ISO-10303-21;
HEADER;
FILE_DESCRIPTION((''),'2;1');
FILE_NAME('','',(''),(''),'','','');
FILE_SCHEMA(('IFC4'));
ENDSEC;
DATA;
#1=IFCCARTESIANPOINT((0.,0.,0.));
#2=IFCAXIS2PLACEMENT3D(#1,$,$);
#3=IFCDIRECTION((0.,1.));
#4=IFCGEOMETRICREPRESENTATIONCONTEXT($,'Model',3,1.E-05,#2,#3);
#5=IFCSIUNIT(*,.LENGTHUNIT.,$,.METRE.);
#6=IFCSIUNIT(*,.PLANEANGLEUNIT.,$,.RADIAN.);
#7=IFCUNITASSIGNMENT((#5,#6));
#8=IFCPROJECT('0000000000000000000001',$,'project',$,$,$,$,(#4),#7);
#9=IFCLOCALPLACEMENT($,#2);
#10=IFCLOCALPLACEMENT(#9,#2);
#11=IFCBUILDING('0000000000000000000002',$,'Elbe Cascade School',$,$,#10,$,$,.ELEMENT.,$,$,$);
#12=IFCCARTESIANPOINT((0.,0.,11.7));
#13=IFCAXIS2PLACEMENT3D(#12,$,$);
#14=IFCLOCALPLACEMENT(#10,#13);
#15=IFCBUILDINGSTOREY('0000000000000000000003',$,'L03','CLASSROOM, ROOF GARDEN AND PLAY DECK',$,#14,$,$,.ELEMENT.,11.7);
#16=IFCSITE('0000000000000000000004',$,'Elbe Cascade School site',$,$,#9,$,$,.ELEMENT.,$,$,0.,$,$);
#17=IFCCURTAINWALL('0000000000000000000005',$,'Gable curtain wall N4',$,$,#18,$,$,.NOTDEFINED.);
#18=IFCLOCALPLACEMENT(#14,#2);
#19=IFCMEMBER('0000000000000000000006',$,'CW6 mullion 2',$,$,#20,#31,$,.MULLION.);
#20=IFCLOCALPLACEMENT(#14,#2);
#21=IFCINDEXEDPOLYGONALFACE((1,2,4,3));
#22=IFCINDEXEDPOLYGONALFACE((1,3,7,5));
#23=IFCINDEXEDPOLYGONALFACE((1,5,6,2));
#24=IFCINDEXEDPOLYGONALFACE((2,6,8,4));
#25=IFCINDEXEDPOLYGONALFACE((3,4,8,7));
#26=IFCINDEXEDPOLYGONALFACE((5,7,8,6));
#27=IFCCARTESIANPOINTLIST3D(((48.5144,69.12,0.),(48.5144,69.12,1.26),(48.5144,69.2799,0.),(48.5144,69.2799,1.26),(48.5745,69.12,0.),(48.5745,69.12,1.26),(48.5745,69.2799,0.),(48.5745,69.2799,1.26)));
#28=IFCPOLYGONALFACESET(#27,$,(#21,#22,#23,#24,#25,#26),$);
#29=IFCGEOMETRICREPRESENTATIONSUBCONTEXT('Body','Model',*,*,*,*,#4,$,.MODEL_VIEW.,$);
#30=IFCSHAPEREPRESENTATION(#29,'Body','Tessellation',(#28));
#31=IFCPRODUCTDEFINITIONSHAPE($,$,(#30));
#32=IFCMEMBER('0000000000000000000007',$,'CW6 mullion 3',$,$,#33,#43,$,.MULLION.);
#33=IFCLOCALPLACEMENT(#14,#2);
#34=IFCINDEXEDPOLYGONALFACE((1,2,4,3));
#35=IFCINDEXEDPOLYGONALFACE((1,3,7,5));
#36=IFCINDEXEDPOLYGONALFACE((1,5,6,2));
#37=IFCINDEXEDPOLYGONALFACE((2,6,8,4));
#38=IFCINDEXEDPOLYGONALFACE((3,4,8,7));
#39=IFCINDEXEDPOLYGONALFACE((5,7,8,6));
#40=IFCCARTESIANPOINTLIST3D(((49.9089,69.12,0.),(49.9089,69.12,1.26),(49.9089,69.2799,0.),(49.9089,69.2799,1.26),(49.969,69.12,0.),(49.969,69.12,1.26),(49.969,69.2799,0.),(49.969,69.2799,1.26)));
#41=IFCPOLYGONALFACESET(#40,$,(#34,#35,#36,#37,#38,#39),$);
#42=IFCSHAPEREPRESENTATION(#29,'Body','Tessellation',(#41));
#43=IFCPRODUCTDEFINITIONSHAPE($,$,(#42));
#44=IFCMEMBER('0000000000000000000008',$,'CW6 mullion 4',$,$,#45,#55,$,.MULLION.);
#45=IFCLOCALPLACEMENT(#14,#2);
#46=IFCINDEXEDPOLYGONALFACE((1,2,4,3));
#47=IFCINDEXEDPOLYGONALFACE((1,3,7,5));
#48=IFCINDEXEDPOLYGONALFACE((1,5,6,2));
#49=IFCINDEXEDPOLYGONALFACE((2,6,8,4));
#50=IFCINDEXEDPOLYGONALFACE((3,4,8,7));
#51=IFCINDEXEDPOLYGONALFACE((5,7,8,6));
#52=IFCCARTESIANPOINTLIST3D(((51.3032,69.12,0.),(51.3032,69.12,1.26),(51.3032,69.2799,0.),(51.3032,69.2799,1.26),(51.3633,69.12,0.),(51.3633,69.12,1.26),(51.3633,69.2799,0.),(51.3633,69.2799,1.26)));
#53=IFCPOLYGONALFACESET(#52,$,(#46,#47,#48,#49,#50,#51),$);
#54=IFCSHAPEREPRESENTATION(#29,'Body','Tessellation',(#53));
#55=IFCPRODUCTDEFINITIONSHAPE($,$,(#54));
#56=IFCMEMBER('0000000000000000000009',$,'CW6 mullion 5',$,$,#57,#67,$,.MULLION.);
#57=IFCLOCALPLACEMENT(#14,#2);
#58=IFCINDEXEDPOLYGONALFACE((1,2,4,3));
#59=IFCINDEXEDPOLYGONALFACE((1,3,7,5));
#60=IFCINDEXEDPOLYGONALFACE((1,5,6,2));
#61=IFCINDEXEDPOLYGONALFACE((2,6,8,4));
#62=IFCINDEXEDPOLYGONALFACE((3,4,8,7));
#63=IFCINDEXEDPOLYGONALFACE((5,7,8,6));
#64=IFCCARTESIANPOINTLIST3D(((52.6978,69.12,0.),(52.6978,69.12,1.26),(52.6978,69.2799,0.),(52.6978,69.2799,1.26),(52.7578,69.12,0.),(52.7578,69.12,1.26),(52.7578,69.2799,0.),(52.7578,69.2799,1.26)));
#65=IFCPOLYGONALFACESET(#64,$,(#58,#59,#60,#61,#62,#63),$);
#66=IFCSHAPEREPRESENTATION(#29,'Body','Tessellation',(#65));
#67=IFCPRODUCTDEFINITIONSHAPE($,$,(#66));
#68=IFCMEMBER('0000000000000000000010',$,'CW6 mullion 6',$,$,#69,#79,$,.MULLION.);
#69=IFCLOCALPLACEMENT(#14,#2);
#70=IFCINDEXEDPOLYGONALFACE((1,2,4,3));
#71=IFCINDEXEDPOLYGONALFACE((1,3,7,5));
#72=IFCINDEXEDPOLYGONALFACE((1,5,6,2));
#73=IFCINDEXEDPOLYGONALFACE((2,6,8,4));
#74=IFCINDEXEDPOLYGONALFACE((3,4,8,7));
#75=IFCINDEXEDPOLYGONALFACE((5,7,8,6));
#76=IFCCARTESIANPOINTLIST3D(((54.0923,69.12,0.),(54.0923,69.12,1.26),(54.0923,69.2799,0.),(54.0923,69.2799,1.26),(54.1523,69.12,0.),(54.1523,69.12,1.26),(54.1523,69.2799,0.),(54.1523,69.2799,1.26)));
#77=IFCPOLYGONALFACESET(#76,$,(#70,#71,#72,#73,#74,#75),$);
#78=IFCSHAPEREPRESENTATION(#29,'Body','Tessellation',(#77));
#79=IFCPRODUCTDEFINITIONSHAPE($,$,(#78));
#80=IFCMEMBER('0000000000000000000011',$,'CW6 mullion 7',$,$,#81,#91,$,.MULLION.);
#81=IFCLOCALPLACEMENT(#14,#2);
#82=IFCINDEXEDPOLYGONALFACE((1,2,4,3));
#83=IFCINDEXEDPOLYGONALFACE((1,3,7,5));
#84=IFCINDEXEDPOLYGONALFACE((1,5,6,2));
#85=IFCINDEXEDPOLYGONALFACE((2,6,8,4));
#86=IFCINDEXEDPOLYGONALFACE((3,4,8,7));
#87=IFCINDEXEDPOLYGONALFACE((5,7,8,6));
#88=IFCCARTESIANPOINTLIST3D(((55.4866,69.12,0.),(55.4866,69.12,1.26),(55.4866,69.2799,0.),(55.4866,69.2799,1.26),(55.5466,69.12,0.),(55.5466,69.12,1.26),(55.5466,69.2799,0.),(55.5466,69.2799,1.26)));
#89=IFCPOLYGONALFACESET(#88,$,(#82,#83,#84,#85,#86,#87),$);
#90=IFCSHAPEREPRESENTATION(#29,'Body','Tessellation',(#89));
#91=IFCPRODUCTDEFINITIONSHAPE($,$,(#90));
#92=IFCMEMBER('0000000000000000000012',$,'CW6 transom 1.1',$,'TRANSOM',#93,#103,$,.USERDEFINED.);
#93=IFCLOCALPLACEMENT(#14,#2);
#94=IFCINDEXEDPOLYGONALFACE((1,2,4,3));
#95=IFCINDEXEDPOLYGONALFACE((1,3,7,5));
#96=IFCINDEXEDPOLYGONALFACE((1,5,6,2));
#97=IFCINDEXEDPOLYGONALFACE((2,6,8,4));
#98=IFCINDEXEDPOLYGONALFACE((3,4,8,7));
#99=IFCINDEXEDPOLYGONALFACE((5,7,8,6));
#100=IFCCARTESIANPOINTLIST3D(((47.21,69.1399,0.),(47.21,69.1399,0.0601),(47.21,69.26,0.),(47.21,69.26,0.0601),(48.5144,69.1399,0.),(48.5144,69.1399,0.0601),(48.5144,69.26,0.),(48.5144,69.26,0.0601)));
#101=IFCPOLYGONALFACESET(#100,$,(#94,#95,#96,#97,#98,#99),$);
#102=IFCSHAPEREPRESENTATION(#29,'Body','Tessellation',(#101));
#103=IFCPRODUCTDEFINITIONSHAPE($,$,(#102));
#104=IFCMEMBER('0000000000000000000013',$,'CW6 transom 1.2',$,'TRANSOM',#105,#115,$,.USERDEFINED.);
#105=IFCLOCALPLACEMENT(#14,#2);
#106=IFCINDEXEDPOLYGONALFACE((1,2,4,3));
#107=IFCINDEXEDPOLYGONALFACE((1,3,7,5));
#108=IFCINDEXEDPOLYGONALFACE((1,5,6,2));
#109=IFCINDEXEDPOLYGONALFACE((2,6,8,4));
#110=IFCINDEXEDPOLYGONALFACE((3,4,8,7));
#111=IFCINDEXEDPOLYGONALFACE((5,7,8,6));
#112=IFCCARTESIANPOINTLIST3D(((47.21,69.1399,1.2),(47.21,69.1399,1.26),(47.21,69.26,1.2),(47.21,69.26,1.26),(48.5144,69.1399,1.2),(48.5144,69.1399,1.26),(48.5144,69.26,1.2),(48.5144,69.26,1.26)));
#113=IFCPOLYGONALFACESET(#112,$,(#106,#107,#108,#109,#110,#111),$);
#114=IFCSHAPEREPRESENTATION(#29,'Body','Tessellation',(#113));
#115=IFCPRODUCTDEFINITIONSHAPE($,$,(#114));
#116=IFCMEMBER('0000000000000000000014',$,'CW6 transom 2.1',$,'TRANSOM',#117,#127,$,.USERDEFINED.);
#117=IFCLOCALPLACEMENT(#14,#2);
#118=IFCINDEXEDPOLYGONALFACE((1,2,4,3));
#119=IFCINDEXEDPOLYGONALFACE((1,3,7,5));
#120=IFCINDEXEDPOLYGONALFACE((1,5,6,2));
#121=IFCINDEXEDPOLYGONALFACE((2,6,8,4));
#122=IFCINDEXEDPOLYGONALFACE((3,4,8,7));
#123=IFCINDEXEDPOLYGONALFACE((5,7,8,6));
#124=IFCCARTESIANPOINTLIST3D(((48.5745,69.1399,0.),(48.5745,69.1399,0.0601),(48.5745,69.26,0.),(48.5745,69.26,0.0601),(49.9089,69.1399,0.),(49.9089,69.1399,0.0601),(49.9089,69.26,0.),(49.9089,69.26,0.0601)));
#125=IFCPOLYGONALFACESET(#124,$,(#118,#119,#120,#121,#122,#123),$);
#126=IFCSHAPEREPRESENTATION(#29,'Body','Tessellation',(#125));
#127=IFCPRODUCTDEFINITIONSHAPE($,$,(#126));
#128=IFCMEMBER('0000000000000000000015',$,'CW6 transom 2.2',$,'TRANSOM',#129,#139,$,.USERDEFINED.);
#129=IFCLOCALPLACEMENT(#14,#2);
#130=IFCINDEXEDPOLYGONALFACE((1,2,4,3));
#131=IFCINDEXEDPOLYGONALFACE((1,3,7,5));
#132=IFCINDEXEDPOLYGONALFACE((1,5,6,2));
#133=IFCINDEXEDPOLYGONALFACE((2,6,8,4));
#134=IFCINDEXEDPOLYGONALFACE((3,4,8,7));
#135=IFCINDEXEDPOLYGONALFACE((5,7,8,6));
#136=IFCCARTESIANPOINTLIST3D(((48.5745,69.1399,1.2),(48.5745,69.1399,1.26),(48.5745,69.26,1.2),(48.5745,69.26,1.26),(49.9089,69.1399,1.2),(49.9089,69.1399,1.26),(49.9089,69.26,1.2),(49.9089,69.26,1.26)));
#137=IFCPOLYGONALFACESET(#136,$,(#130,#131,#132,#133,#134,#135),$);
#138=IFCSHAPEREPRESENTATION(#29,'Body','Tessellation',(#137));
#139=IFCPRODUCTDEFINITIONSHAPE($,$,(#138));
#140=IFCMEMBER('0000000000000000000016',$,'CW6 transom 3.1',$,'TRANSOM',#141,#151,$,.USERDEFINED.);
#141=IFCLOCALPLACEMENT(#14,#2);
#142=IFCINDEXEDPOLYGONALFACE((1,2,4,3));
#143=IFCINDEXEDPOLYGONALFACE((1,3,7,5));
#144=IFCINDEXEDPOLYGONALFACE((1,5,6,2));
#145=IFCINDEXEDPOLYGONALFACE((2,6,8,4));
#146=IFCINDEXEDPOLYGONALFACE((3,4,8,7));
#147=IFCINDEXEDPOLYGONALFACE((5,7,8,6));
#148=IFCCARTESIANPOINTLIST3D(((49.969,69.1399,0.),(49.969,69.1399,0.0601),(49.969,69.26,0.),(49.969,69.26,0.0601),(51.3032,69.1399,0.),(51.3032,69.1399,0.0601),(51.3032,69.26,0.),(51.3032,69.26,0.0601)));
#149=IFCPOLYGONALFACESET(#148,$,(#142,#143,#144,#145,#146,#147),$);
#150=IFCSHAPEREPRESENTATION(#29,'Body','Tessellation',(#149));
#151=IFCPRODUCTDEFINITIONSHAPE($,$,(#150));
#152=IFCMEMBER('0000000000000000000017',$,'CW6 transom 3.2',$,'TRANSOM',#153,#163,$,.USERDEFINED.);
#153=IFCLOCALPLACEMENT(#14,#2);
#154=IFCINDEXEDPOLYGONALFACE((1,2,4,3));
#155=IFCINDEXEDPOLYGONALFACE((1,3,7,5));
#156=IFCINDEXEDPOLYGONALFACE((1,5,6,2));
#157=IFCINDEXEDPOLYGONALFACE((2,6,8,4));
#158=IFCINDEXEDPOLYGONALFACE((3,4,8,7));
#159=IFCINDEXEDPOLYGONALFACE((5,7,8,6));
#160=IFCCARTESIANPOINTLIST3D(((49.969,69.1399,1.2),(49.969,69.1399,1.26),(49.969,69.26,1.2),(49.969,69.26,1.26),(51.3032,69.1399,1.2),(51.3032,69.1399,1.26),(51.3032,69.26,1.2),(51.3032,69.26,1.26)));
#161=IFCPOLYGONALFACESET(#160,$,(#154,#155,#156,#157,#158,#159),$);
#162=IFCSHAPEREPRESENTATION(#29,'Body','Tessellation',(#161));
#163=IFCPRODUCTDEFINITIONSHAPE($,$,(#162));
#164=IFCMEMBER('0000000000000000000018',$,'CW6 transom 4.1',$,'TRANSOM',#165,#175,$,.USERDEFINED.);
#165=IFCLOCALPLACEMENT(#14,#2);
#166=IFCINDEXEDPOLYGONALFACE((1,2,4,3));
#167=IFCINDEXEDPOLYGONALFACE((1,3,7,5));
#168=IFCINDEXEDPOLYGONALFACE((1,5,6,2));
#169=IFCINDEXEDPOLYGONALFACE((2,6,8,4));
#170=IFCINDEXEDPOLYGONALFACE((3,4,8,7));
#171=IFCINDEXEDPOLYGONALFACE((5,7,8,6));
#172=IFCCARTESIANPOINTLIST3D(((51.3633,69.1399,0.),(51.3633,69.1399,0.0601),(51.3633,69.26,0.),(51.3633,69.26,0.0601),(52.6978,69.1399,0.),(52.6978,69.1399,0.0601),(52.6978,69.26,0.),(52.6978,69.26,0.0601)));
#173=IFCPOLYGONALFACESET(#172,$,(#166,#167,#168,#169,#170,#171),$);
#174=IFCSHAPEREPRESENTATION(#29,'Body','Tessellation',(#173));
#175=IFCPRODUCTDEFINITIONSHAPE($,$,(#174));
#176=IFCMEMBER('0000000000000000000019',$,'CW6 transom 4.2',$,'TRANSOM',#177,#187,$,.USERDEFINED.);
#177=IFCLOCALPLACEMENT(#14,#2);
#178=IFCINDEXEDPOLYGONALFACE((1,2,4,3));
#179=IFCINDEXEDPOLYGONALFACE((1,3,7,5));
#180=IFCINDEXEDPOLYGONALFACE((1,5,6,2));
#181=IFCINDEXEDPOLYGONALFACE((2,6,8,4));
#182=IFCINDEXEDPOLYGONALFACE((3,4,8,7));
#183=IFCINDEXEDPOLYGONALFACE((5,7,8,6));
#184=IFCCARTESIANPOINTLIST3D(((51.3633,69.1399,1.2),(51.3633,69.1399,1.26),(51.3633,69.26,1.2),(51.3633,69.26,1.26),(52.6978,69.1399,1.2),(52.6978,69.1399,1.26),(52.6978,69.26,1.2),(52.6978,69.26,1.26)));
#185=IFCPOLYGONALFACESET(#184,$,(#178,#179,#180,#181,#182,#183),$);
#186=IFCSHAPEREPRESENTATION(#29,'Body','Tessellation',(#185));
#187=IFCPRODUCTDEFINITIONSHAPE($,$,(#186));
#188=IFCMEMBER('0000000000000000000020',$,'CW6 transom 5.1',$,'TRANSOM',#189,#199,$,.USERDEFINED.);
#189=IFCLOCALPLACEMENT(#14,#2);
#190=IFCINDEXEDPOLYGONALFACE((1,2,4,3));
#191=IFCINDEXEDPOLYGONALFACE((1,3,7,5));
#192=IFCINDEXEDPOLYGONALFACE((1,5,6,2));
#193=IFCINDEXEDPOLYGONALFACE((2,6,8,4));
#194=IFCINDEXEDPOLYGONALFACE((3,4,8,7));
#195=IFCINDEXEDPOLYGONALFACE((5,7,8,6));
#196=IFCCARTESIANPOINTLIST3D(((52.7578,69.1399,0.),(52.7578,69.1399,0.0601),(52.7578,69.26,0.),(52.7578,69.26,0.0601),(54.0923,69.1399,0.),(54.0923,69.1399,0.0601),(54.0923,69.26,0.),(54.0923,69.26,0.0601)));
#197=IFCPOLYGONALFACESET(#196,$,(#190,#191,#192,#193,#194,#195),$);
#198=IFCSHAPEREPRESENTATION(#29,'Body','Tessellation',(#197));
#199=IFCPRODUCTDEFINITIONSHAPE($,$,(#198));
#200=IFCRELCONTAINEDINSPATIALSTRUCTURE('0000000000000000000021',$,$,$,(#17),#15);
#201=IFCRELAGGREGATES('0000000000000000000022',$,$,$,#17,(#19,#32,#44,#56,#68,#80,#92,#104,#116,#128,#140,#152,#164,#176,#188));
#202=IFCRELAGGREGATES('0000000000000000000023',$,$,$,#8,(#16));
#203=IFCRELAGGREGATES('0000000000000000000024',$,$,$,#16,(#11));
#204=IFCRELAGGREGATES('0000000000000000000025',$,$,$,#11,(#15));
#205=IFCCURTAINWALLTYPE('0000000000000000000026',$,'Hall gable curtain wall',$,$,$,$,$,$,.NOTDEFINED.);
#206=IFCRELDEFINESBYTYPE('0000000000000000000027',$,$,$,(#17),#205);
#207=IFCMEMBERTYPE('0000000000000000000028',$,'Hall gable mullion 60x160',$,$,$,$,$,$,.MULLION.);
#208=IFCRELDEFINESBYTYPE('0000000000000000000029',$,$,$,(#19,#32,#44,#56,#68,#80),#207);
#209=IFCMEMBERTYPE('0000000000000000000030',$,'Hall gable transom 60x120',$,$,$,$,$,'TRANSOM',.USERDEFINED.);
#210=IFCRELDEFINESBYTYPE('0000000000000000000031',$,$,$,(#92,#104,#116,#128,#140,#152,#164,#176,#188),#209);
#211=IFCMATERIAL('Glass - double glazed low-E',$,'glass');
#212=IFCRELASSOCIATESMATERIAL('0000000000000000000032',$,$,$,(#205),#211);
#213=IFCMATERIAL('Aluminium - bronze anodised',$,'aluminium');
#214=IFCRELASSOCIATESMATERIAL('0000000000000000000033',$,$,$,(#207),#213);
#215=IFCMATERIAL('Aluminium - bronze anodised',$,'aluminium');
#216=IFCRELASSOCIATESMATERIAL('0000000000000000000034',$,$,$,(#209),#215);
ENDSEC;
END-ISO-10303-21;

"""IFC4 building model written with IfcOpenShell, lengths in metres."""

from ifc_helpers import new_model, si_unit, direction, frame, origin, origin_2d, place, context, subcontext, project, spatial, rectangle, extrude, material, material_profile, profile_set, type_object, element, aggregate, save


model = new_model("IFC4")

# Units and contexts
model_context = context("Model", 3, precision=1e-05, world=origin(), true_north=direction((0.0, 1.0)))
body_context = subcontext(model_context, "Body", "Model", "MODEL_VIEW")
ifc_project = project(units=[si_unit("LENGTHUNIT", "METRE"), si_unit("PLANEANGLEUNIT", "RADIAN")], contexts=[model_context])

# Site, building, storey
site_placement = place(None, origin())
site = spatial("IfcSite", under=ifc_project, at=site_placement, Name="Elbe Cascade School site", CompositionType="ELEMENT", RefElevation=0.0)
building_placement = place(site_placement, origin())
building = spatial("IfcBuilding", under=site, at=building_placement, Name="Elbe Cascade School", CompositionType="ELEMENT")
storey_placement = place(building_placement, frame((0.0, 0.0, 11.7)))
storey = spatial("IfcBuildingStorey", under=building, at=storey_placement, Name="L03", Description="CLASSROOM, ROOF GARDEN AND PLAY DECK", CompositionType="ELEMENT", Elevation=11.7)

# Curtain wall, members
ifc_material_1 = material(Name="Glass - double glazed low-E", Category="glass")
curtain_wall_type = type_object("IfcCurtainWallType", Name="Hall gable curtain wall", PredefinedType="NOTDEFINED", material=ifc_material_1)
curtain_wall_placement = place(storey_placement, origin())
curtain_wall = element("IfcCurtainWall", 1, at=curtain_wall_placement, inside=storey, type_object=curtain_wall_type, Name="Gable curtain wall N4", PredefinedType="NOTDEFINED")
ifc_material_2 = material(Name="Aluminium - bronze anodised", Category="aluminium")
ifc_material_profile_1 = material_profile(ifc_material_2, rectangle(XDim=0.1599, YDim=0.0601, at=origin_2d()), Name="Alu 60x160")
ifc_profile_set_1 = profile_set([ifc_material_profile_1], Name="Aluminium - bronze anodised")
member_type_1 = type_object("IfcMemberType", Name="Hall gable mullion 60x160", PredefinedType="MULLION", material=ifc_profile_set_1)
member_1_placement = place(storey_placement, frame((48.5444, 69.2, 0.0), z_axis=(0.0, 0.0, 1.0), x_axis=(0.0, 1.0, 0.0)))
member_1 = element("IfcMember", 2, at=member_1_placement, type_object=member_type_1, Name="CW6 mullion 2", PredefinedType="MULLION", context=body_context, shape_type="SweptSolid", body=[
    extrude(rectangle(XDim=0.1599, YDim=0.0601, at=origin_2d()), origin(), (0.0, 0.0, 1.0), 1.26),
])
member_2_placement = place(storey_placement, frame((49.939, 69.2, 0.0), z_axis=(0.0, 0.0, 1.0), x_axis=(0.0, 1.0, 0.0)))
member_2 = element("IfcMember", 3, at=member_2_placement, type_object=member_type_1, Name="CW6 mullion 3", PredefinedType="MULLION", context=body_context, shape_type="SweptSolid", body=[
    extrude(rectangle(XDim=0.1599, YDim=0.0601, at=origin_2d()), origin(), (0.0, 0.0, 1.0), 1.26),
])
member_3_placement = place(storey_placement, frame((51.3333, 69.2, 0.0), z_axis=(0.0, 0.0, 1.0), x_axis=(0.0, 1.0, 0.0)))
member_3 = element("IfcMember", 4, at=member_3_placement, type_object=member_type_1, Name="CW6 mullion 4", PredefinedType="MULLION", context=body_context, shape_type="SweptSolid", body=[
    extrude(rectangle(XDim=0.1599, YDim=0.0601, at=origin_2d()), origin(), (0.0, 0.0, 1.0), 1.26),
])
member_4_placement = place(storey_placement, frame((52.7278, 69.2, 0.0), z_axis=(0.0, 0.0, 1.0), x_axis=(0.0, 1.0, 0.0)))
member_4 = element("IfcMember", 5, at=member_4_placement, type_object=member_type_1, Name="CW6 mullion 5", PredefinedType="MULLION", context=body_context, shape_type="SweptSolid", body=[
    extrude(rectangle(XDim=0.1599, YDim=0.0601, at=origin_2d()), origin(), (0.0, 0.0, 1.0), 1.26),
])
member_5_placement = place(storey_placement, frame((54.1223, 69.2, 0.0), z_axis=(0.0, 0.0, 1.0), x_axis=(0.0, 1.0, 0.0)))
member_5 = element("IfcMember", 6, at=member_5_placement, type_object=member_type_1, Name="CW6 mullion 6", PredefinedType="MULLION", context=body_context, shape_type="SweptSolid", body=[
    extrude(rectangle(XDim=0.1599, YDim=0.0601, at=origin_2d()), origin(), (0.0, 0.0, 1.0), 1.26),
])
member_6_placement = place(storey_placement, frame((55.5166, 69.2, 0.0), z_axis=(0.0, 0.0, 1.0), x_axis=(0.0, 1.0, 0.0)))
member_6 = element("IfcMember", 7, at=member_6_placement, type_object=member_type_1, Name="CW6 mullion 7", PredefinedType="MULLION", context=body_context, shape_type="SweptSolid", body=[
    extrude(rectangle(XDim=0.1599, YDim=0.0601, at=origin_2d()), origin(), (0.0, 0.0, 1.0), 1.26),
])
ifc_material_3 = material(Name="Aluminium - bronze anodised", Category="aluminium")
ifc_material_profile_2 = material_profile(ifc_material_3, rectangle(XDim=0.1201, YDim=0.0601, at=origin_2d()), Name="Alu 60x120")
ifc_profile_set_2 = profile_set([ifc_material_profile_2], Name="Aluminium - bronze anodised")
member_type_2 = type_object("IfcMemberType", Name="Hall gable transom 60x120", ElementType="TRANSOM", PredefinedType="USERDEFINED", material=ifc_profile_set_2)
member_7_placement = place(storey_placement, frame((47.21, 69.2, 0.03), z_axis=(1.0, 0.0, 0.0), x_axis=(0.0, 1.0, 0.0)))
member_7 = element("IfcMember", 8, at=member_7_placement, type_object=member_type_2, Name="CW6 transom 1.1", ObjectType="TRANSOM", PredefinedType="USERDEFINED", context=body_context, shape_type="SweptSolid", body=[
    extrude(rectangle(XDim=0.1201, YDim=0.0601, at=origin_2d()), origin(), (0.0, 0.0, 1.0), 1.3044),
])
member_8_placement = place(storey_placement, frame((47.21, 69.2, 1.23), z_axis=(1.0, 0.0, 0.0), x_axis=(0.0, 1.0, 0.0)))
member_8 = element("IfcMember", 9, at=member_8_placement, type_object=member_type_2, Name="CW6 transom 1.2", ObjectType="TRANSOM", PredefinedType="USERDEFINED", context=body_context, shape_type="SweptSolid", body=[
    extrude(rectangle(XDim=0.1201, YDim=0.0601, at=origin_2d()), origin(), (0.0, 0.0, 1.0), 1.3044),
])
member_9_placement = place(storey_placement, frame((48.5745, 69.2, 0.03), z_axis=(1.0, 0.0, 0.0), x_axis=(0.0, 1.0, 0.0)))
member_9 = element("IfcMember", 10, at=member_9_placement, type_object=member_type_2, Name="CW6 transom 2.1", ObjectType="TRANSOM", PredefinedType="USERDEFINED", context=body_context, shape_type="SweptSolid", body=[
    extrude(rectangle(XDim=0.1201, YDim=0.0601, at=origin_2d()), origin(), (0.0, 0.0, 1.0), 1.3345),
])
member_10_placement = place(storey_placement, frame((48.5745, 69.2, 1.23), z_axis=(1.0, 0.0, 0.0), x_axis=(0.0, 1.0, 0.0)))
member_10 = element("IfcMember", 11, at=member_10_placement, type_object=member_type_2, Name="CW6 transom 2.2", ObjectType="TRANSOM", PredefinedType="USERDEFINED", context=body_context, shape_type="SweptSolid", body=[
    extrude(rectangle(XDim=0.1201, YDim=0.0601, at=origin_2d()), origin(), (0.0, 0.0, 1.0), 1.3345),
])
member_11_placement = place(storey_placement, frame((49.969, 69.2, 0.03), z_axis=(1.0, 0.0, 0.0), x_axis=(0.0, 1.0, 0.0)))
member_11 = element("IfcMember", 12, at=member_11_placement, type_object=member_type_2, Name="CW6 transom 3.1", ObjectType="TRANSOM", PredefinedType="USERDEFINED", context=body_context, shape_type="SweptSolid", body=[
    extrude(rectangle(XDim=0.1201, YDim=0.0601, at=origin_2d()), origin(), (0.0, 0.0, 1.0), 1.3342),
])
member_12_placement = place(storey_placement, frame((49.969, 69.2, 1.23), z_axis=(1.0, 0.0, 0.0), x_axis=(0.0, 1.0, 0.0)))
member_12 = element("IfcMember", 13, at=member_12_placement, type_object=member_type_2, Name="CW6 transom 3.2", ObjectType="TRANSOM", PredefinedType="USERDEFINED", context=body_context, shape_type="SweptSolid", body=[
    extrude(rectangle(XDim=0.1201, YDim=0.0601, at=origin_2d()), origin(), (0.0, 0.0, 1.0), 1.3342),
])
member_13_placement = place(storey_placement, frame((51.3633, 69.2, 0.03), z_axis=(1.0, 0.0, 0.0), x_axis=(0.0, 1.0, 0.0)))
member_13 = element("IfcMember", 14, at=member_13_placement, type_object=member_type_2, Name="CW6 transom 4.1", ObjectType="TRANSOM", PredefinedType="USERDEFINED", context=body_context, shape_type="SweptSolid", body=[
    extrude(rectangle(XDim=0.1201, YDim=0.0601, at=origin_2d()), origin(), (0.0, 0.0, 1.0), 1.3345),
])
member_14_placement = place(storey_placement, frame((51.3633, 69.2, 1.23), z_axis=(1.0, 0.0, 0.0), x_axis=(0.0, 1.0, 0.0)))
member_14 = element("IfcMember", 15, at=member_14_placement, type_object=member_type_2, Name="CW6 transom 4.2", ObjectType="TRANSOM", PredefinedType="USERDEFINED", context=body_context, shape_type="SweptSolid", body=[
    extrude(rectangle(XDim=0.1201, YDim=0.0601, at=origin_2d()), origin(), (0.0, 0.0, 1.0), 1.3345),
])
member_15_placement = place(storey_placement, frame((52.7578, 69.2, 0.03), z_axis=(1.0, 0.0, 0.0), x_axis=(0.0, 1.0, 0.0)))
member_15 = element("IfcMember", 16, at=member_15_placement, type_object=member_type_2, Name="CW6 transom 5.1", ObjectType="TRANSOM", PredefinedType="USERDEFINED", context=body_context, shape_type="SweptSolid", body=[
    extrude(rectangle(XDim=0.1201, YDim=0.0601, at=origin_2d()), origin(), (0.0, 0.0, 1.0), 1.3345),
])
aggregate(curtain_wall, [member_1, member_2, member_3, member_4, member_5, member_6, member_7, member_8, member_9, member_10, member_11, member_12, member_13, member_14, member_15])

save(model, "model.ifc")
